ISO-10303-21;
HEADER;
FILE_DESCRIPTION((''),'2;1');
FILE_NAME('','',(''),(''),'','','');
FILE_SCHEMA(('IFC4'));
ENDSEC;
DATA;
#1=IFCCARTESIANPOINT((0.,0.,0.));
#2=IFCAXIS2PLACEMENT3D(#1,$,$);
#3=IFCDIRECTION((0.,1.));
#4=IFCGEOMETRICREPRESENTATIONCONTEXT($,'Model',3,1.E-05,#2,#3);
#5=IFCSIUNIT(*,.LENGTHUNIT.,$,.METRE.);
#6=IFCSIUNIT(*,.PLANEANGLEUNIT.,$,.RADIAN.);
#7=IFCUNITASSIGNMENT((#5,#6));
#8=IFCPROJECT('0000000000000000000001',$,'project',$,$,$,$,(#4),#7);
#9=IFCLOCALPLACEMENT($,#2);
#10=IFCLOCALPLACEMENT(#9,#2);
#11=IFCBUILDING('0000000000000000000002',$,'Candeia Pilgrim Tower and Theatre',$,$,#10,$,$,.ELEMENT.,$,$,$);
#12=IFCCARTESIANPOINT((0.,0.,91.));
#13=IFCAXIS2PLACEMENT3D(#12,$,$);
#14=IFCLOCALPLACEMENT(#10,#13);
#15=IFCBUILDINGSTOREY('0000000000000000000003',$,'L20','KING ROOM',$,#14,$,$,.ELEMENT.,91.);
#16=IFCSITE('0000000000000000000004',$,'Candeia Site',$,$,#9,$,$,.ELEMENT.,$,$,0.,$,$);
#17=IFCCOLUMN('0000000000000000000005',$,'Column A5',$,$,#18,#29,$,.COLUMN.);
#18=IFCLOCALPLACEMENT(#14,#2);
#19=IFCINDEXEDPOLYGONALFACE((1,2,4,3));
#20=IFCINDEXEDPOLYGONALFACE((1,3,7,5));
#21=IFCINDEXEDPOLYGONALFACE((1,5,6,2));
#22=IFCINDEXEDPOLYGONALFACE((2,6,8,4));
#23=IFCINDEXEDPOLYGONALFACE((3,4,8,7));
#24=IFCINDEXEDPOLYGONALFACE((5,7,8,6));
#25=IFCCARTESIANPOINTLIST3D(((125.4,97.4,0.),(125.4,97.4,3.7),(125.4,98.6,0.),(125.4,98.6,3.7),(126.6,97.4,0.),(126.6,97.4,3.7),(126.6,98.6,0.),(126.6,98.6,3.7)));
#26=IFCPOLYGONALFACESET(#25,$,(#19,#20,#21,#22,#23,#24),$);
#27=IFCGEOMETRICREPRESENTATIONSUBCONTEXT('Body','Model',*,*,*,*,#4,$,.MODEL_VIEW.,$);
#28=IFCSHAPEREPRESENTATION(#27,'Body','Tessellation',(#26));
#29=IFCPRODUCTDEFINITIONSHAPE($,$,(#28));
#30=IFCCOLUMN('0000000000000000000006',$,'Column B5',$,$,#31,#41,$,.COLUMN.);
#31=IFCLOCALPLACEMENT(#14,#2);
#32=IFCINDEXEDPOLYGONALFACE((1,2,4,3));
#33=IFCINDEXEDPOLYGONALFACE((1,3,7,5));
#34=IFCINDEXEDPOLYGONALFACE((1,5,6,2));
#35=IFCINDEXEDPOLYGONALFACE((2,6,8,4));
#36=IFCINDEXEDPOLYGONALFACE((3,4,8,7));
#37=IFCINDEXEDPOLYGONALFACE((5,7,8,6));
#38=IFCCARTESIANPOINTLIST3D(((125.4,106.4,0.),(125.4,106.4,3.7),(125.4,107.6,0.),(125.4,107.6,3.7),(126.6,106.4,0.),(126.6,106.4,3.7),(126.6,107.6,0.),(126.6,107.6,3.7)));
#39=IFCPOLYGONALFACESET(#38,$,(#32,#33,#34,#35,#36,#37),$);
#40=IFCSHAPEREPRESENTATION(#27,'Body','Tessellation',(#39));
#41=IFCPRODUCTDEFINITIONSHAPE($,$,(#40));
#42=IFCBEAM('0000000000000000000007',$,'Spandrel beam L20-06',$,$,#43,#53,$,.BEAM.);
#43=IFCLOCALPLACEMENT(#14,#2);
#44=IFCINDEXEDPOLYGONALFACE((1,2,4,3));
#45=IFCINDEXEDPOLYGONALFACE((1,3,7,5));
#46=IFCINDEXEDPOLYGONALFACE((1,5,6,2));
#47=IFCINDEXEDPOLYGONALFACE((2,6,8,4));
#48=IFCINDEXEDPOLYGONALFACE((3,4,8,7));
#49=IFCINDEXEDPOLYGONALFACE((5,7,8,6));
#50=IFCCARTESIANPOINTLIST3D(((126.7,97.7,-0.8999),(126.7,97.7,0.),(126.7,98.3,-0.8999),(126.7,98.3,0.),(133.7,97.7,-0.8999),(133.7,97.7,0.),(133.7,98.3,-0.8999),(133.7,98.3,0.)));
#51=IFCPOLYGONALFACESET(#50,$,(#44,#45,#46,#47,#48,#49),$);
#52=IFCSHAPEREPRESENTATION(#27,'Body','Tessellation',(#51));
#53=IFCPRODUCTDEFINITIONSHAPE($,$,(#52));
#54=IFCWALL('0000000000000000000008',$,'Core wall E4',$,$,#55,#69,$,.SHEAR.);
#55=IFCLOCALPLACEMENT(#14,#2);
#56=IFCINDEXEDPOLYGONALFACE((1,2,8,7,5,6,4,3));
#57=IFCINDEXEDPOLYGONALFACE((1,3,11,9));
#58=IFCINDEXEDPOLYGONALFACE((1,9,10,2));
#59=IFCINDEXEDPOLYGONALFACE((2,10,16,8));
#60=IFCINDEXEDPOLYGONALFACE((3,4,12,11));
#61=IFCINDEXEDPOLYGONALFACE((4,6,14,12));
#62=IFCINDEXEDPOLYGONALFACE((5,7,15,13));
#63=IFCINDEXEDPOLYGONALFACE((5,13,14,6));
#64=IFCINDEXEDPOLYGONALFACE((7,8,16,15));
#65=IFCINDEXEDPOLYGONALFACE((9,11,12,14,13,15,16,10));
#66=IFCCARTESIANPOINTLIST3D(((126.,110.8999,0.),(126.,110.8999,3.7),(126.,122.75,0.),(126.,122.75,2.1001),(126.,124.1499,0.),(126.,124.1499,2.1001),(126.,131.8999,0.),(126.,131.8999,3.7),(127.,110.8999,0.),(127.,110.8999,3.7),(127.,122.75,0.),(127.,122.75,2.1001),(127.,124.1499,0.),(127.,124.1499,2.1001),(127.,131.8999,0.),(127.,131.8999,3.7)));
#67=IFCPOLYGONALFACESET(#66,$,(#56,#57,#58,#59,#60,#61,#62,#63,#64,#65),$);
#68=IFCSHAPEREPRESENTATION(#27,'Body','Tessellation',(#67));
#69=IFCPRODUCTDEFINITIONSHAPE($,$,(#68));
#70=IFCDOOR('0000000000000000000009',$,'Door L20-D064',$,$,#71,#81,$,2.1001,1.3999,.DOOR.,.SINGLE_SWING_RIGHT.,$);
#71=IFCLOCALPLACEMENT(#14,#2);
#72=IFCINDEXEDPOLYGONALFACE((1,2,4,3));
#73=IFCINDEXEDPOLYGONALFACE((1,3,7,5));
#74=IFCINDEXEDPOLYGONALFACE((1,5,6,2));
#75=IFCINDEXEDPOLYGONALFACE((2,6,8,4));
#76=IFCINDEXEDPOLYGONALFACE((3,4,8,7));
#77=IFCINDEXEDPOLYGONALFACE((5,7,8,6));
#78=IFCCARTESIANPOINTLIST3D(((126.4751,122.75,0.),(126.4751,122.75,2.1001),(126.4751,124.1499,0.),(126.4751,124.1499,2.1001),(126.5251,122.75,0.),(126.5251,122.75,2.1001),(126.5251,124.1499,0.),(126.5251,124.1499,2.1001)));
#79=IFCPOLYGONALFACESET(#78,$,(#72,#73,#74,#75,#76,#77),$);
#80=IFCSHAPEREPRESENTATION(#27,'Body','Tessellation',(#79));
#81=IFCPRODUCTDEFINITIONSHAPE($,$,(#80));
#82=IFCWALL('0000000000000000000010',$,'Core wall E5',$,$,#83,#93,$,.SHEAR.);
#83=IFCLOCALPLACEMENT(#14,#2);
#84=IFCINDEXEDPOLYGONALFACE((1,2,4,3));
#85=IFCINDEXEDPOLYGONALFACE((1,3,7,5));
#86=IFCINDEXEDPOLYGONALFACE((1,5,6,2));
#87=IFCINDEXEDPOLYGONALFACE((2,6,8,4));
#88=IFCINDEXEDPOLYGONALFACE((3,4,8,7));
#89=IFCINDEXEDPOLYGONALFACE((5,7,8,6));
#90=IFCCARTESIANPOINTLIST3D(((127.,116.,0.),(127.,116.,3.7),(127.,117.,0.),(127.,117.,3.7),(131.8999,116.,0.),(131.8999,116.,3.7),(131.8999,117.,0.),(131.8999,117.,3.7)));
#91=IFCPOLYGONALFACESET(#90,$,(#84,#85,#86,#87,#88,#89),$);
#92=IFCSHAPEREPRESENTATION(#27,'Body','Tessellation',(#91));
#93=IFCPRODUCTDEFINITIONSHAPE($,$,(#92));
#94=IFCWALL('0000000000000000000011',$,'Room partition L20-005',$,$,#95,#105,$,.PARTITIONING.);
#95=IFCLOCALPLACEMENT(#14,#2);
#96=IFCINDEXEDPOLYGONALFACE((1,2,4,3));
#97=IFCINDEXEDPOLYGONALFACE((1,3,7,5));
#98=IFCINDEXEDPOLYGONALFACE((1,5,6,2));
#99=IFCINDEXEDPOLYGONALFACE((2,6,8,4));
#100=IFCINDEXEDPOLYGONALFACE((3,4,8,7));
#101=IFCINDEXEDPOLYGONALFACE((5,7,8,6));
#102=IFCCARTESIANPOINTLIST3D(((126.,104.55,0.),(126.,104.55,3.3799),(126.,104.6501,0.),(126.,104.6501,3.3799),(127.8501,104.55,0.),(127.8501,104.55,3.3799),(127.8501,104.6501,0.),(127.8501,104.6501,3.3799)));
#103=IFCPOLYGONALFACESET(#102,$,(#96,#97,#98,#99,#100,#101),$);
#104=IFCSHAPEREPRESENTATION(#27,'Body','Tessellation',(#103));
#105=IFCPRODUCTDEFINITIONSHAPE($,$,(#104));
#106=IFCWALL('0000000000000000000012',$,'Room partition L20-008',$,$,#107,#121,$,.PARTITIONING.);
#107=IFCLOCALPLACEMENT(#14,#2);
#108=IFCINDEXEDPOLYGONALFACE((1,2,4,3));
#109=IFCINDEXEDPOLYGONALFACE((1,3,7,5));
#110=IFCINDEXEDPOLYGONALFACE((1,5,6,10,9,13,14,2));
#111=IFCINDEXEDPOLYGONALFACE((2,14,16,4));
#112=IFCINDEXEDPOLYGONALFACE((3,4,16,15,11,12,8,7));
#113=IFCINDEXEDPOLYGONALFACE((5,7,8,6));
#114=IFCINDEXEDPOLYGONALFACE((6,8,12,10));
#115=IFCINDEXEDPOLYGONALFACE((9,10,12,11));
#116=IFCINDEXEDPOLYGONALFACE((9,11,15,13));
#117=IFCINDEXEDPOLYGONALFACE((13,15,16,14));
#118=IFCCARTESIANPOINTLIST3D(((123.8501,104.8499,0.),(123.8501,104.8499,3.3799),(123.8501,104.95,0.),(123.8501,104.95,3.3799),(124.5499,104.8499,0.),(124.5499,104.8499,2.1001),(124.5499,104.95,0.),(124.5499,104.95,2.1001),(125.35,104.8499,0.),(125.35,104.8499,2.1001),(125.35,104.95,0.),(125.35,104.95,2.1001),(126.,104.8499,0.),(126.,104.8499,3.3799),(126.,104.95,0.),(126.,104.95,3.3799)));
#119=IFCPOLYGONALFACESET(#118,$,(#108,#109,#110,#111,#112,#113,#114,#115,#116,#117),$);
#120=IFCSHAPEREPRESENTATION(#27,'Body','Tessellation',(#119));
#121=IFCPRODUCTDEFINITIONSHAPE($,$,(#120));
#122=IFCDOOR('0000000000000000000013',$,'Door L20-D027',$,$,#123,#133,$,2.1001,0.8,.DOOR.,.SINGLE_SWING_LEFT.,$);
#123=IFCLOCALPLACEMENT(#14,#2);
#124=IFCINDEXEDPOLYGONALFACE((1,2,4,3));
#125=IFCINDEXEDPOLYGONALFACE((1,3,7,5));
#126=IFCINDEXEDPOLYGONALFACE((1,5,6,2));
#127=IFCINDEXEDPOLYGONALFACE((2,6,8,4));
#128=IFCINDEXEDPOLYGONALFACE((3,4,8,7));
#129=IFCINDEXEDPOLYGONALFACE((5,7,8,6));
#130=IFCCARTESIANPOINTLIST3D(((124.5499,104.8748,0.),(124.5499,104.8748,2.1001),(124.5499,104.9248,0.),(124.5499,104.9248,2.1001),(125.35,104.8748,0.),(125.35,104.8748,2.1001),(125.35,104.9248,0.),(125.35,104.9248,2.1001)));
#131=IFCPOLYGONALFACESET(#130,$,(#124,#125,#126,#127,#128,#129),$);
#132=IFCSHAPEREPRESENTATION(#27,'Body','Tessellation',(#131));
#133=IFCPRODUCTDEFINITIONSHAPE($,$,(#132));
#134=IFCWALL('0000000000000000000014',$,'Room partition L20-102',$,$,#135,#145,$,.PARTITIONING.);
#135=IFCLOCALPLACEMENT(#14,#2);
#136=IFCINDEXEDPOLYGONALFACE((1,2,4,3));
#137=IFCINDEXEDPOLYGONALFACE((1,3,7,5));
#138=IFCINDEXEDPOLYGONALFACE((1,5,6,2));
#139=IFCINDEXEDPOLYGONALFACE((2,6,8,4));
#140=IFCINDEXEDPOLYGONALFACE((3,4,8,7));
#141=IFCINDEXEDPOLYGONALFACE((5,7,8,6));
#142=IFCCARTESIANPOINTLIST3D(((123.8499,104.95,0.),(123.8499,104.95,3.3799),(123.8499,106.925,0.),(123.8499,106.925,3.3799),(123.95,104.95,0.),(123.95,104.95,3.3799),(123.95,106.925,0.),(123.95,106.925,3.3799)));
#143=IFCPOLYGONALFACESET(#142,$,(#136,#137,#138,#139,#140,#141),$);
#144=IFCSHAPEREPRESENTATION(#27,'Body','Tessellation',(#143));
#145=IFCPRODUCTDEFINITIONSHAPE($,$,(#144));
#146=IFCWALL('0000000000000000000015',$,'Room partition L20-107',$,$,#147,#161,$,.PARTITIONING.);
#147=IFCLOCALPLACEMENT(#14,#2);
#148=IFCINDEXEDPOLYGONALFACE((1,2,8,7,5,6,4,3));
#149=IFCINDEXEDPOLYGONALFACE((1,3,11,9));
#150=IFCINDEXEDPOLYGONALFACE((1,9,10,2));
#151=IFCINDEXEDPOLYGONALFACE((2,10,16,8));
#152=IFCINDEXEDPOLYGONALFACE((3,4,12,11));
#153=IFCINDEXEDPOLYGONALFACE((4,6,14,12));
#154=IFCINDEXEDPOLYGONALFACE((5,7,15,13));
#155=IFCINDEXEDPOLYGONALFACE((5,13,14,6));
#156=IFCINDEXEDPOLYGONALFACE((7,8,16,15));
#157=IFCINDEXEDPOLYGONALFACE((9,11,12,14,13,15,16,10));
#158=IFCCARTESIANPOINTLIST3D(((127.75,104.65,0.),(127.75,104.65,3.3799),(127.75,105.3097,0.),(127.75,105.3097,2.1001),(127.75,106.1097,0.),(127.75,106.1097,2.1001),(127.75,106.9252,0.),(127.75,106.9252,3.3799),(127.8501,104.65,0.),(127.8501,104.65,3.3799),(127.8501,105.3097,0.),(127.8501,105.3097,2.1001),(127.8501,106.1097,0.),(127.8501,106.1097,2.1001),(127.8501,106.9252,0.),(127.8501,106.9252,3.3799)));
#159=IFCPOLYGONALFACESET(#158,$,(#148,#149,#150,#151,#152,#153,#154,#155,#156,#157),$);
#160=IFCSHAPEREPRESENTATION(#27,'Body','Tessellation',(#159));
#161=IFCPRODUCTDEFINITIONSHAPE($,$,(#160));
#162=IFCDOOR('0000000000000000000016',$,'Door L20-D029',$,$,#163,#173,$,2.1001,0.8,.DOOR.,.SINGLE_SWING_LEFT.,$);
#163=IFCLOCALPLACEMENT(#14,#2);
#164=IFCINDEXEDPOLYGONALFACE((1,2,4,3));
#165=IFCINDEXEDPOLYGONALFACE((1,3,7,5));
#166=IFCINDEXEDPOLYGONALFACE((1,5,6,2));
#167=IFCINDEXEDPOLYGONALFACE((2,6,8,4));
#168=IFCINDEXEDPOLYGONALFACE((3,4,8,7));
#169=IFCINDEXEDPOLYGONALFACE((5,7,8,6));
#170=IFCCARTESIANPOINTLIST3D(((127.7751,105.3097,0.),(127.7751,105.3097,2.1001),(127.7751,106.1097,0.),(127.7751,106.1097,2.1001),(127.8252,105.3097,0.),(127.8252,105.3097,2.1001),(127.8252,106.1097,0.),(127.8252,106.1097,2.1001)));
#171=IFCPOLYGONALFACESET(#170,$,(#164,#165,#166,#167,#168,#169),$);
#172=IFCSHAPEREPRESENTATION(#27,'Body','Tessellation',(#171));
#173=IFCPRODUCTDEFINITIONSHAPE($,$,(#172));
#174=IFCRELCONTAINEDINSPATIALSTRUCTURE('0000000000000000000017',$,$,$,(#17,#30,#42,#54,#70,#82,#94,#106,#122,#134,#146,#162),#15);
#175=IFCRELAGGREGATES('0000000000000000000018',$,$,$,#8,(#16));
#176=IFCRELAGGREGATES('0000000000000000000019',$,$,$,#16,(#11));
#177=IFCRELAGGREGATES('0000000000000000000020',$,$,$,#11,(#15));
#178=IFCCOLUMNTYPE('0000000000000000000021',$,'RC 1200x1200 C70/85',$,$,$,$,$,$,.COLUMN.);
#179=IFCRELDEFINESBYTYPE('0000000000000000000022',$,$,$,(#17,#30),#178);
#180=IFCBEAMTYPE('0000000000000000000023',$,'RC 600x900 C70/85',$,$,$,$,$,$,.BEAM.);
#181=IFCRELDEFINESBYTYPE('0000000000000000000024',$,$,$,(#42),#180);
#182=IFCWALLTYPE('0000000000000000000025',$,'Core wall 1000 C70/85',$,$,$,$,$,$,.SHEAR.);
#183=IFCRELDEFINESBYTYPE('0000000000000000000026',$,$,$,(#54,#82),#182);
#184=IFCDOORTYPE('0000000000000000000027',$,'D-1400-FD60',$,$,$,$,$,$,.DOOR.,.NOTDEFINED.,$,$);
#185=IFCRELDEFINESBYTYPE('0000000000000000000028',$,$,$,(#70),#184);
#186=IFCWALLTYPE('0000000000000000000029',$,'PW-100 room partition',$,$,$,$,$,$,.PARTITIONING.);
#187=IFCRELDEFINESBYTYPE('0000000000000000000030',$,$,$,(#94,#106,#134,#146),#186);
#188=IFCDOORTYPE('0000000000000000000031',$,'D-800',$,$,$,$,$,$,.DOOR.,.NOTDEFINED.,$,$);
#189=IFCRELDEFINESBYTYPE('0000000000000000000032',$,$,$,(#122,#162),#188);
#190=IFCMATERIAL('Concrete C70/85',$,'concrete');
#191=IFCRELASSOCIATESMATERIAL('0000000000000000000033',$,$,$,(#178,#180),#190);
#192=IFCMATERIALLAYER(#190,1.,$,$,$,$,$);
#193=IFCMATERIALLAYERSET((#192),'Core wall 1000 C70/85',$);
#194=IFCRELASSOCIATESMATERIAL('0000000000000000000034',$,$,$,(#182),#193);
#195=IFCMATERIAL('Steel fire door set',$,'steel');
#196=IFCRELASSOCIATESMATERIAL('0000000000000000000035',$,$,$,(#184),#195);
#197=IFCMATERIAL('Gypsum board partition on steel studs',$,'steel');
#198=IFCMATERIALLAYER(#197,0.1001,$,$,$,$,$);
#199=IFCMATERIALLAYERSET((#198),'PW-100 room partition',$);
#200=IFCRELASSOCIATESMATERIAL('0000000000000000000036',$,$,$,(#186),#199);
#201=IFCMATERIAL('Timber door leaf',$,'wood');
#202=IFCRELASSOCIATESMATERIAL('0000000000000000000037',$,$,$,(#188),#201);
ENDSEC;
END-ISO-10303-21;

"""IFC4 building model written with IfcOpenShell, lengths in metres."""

from ifc_helpers import new_model, si_unit, direction, frame, frame_2d, origin, origin_2d, place, context, subcontext, project, spatial, rectangle, extrude, material, layer, layer_set, material_profile, profile_set, type_object, element, fill, save


model = new_model("IFC4")

# Units and contexts
model_context = context("Model", 3, precision=1e-05, world=origin(), true_north=direction((0.0, 1.0)))
body_context = subcontext(model_context, "Body", "Model", "MODEL_VIEW")
ifc_project = project(units=[si_unit("LENGTHUNIT", "METRE"), si_unit("PLANEANGLEUNIT", "RADIAN")], contexts=[model_context])

# Site, building, storey
site_placement = place(None, origin())
site = spatial("IfcSite", under=ifc_project, at=site_placement, Name="Candeia Site", CompositionType="ELEMENT", RefElevation=0.0)
building_placement = place(site_placement, origin())
building = spatial("IfcBuilding", under=site, at=building_placement, Name="Candeia Pilgrim Tower and Theatre", CompositionType="ELEMENT")
storey_placement = place(building_placement, frame((0.0, 0.0, 91.0)))
storey = spatial("IfcBuildingStorey", under=building, at=storey_placement, Name="L20", Description="KING ROOM", CompositionType="ELEMENT", Elevation=91.0)

# Columns
ifc_material_1 = material(Name="Concrete C70/85", Category="concrete")
ifc_material_profile_1 = material_profile(ifc_material_1, rectangle(XDim=1.2, YDim=1.2, at=origin_2d()))
ifc_profile_set_1 = profile_set([ifc_material_profile_1], Name="Concrete C70/85")
column_type = type_object("IfcColumnType", Name="RC 1200x1200 C70/85", PredefinedType="COLUMN", material=ifc_profile_set_1)
for number, where, z_axis, x_axis, name in (
    (1, (126.0, 98.0, 0.0), (0.0, 0.0, 1.0), (1.0, 0.0, 0.0), "Column A5"),
    (2, (126.0, 107.0, 0.0), (0.0, 0.0, 1.0), (1.0, 0.0, 0.0), "Column B5"),
):
    element("IfcColumn", number, at=place(storey_placement, frame(where, z_axis=z_axis, x_axis=x_axis)), inside=storey, type_object=column_type, Name=name, PredefinedType="COLUMN", context=body_context, shape_type="SweptSolid", body=[
        extrude(rectangle(XDim=1.2, YDim=1.2, at=origin_2d()), origin(), (0.0, 0.0, 1.0), 3.7),
    ])

# Beam
ifc_material_profile_2 = material_profile(ifc_material_1, rectangle(XDim=0.6001, YDim=0.8999, at=origin_2d()))
ifc_profile_set_2 = profile_set([ifc_material_profile_2], Name="Concrete C70/85")
beam_type = type_object("IfcBeamType", Name="RC 600x900 C70/85", PredefinedType="BEAM", material=ifc_profile_set_2)
beam_placement = place(storey_placement, frame((126.7, 98.0, -0.45), z_axis=(1.0, 0.0, 0.0), x_axis=(0.0, 1.0, 0.0)))
element("IfcBeam", 3, at=beam_placement, inside=storey, type_object=beam_type, Name="Spandrel beam L20-06", PredefinedType="BEAM", context=body_context, shape_type="SweptSolid", body=[
    extrude(rectangle(XDim=0.6001, YDim=0.8999, at=origin_2d()), origin(), (0.0, 0.0, 1.0), 7.0),
])

# Wall, opening, door
ifc_layer_1 = layer(ifc_material_1, 1.0)
ifc_layer_set_1 = layer_set([ifc_layer_1], Name="Core wall 1000 C70/85")
wall_type_1 = type_object("IfcWallType", Name="Core wall 1000 C70/85", PredefinedType="SHEAR", material=ifc_layer_set_1)
wall_1_placement = place(storey_placement, frame((126.5, 110.8999, 0.0), z_axis=(0.0, 0.0, 1.0), x_axis=(0.0, 1.0, 0.0)))
wall_1 = element("IfcWall", 4, at=wall_1_placement, inside=storey, type_object=wall_type_1, Name="Core wall E4", PredefinedType="SHEAR", context=body_context, shape_type="SweptSolid", body=[
    extrude(rectangle(XDim=21.0, YDim=1.0, at=frame_2d((10.5, 0.0))), origin(), (0.0, 0.0, 1.0), 3.7),
])
opening_1_placement = place(wall_1_placement, frame((11.8501, 0.0, 0.0)))
opening_1 = element("IfcOpeningElement", 5, at=opening_1_placement, cuts=wall_1, PredefinedType="OPENING", context=body_context, shape_type="SweptSolid", body=[
    extrude(rectangle(XDim=1.3999, YDim=2.1001, at=frame_2d((0.7, 1.05))), frame((0.0, 0.51, 0.0), z_axis=(0.0, -1.0, 0.0), x_axis=(1.0, 0.0, 0.0)), (0.0, 0.0, 1.0), 1.02),
])
ifc_material_2 = material(Name="Steel fire door set", Category="steel")
door_type_1 = type_object("IfcDoorType", Name="D-1400-FD60", OperationType="NOTDEFINED", PredefinedType="DOOR", material=ifc_material_2)
door_1_placement = place(opening_1_placement, origin())
door_1 = element("IfcDoor", 6, at=door_1_placement, inside=storey, type_object=door_type_1, Name="Door L20-D064", OperationType="SINGLE_SWING_RIGHT", OverallHeight=2.1001, OverallWidth=1.3999, PredefinedType="DOOR", context=body_context, shape_type="SweptSolid", body=[
    extrude(rectangle(XDim=1.3999, YDim=2.1001, at=frame_2d((0.7, 1.05))), frame((0.0, 0.0249, 0.0), z_axis=(0.0, -1.0, 0.0), x_axis=(1.0, 0.0, 0.0)), (0.0, 0.0, 1.0), 0.05),
])
fill(opening_1, door_1)

# Walls
wall_2_placement = place(storey_placement, frame((127.0, 116.5, 0.0), z_axis=(0.0, 0.0, 1.0), x_axis=(1.0, 0.0, 0.0)))
element("IfcWall", 7, at=wall_2_placement, inside=storey, type_object=wall_type_1, Name="Core wall E5", PredefinedType="SHEAR", context=body_context, shape_type="SweptSolid", body=[
    extrude(rectangle(XDim=4.8999, YDim=1.0, at=frame_2d((2.45, 0.0))), origin(), (0.0, 0.0, 1.0), 3.7),
])
ifc_material_3 = material(Name="Gypsum board partition on steel studs", Category="steel")
ifc_layer_2 = layer(ifc_material_3, 0.1001)
ifc_layer_set_2 = layer_set([ifc_layer_2], Name="PW-100 room partition")
wall_type_2 = type_object("IfcWallType", Name="PW-100 room partition", PredefinedType="PARTITIONING", material=ifc_layer_set_2)
wall_3_placement = place(storey_placement, frame((126.0, 104.6001, 0.0), z_axis=(0.0, 0.0, 1.0), x_axis=(1.0, 0.0, 0.0)))
element("IfcWall", 8, at=wall_3_placement, inside=storey, type_object=wall_type_2, Name="Room partition L20-005", PredefinedType="PARTITIONING", context=body_context, shape_type="SweptSolid", body=[
    extrude(rectangle(XDim=1.8501, YDim=0.1001, at=frame_2d((0.925, 0.0))), origin(), (0.0, 0.0, 1.0), 3.3799),
])

# Wall, opening, door
wall_4_placement = place(storey_placement, frame((123.8501, 104.8999, 0.0), z_axis=(0.0, 0.0, 1.0), x_axis=(1.0, 0.0, 0.0)))
wall_4 = element("IfcWall", 9, at=wall_4_placement, inside=storey, type_object=wall_type_2, Name="Room partition L20-008", PredefinedType="PARTITIONING", context=body_context, shape_type="SweptSolid", body=[
    extrude(rectangle(XDim=2.1499, YDim=0.1001, at=frame_2d((1.075, 0.0))), origin(), (0.0, 0.0, 1.0), 3.3799),
])
opening_2_placement = place(wall_4_placement, frame((0.7, 0.0, 0.0)))
opening_2 = element("IfcOpeningElement", 10, at=opening_2_placement, cuts=wall_4, PredefinedType="OPENING", context=body_context, shape_type="SweptSolid", body=[
    extrude(rectangle(XDim=0.8, YDim=2.1001, at=frame_2d((0.3999, 1.05))), frame((0.0, 0.0601, 0.0), z_axis=(0.0, -1.0, 0.0), x_axis=(1.0, 0.0, 0.0)), (0.0, 0.0, 1.0), 0.1201),
])
ifc_material_4 = material(Name="Timber door leaf", Category="wood")
door_type_2 = type_object("IfcDoorType", Name="D-800", OperationType="NOTDEFINED", PredefinedType="DOOR", material=ifc_material_4)
door_2_placement = place(opening_2_placement, origin())
door_2 = element("IfcDoor", 11, at=door_2_placement, inside=storey, type_object=door_type_2, Name="Door L20-D027", OperationType="SINGLE_SWING_LEFT", OverallHeight=2.1001, OverallWidth=0.8, PredefinedType="DOOR", context=body_context, shape_type="SweptSolid", body=[
    extrude(rectangle(XDim=0.8, YDim=2.1001, at=frame_2d((0.3999, 1.05))), frame((0.0, 0.0249, 0.0), z_axis=(0.0, -1.0, 0.0), x_axis=(1.0, 0.0, 0.0)), (0.0, 0.0, 1.0), 0.05),
])
fill(opening_2, door_2)

# Wall
wall_5_placement = place(storey_placement, frame((123.8999, 104.95, 0.0), z_axis=(0.0, 0.0, 1.0), x_axis=(0.0, 1.0, 0.0)))
element("IfcWall", 12, at=wall_5_placement, inside=storey, type_object=wall_type_2, Name="Room partition L20-102", PredefinedType="PARTITIONING", context=body_context, shape_type="SweptSolid", body=[
    extrude(rectangle(XDim=1.9751, YDim=0.1001, at=frame_2d((0.9875, 0.0))), origin(), (0.0, 0.0, 1.0), 3.3799),
])

# Wall, opening, door
wall_6_placement = place(storey_placement, frame((127.8, 104.6499, 0.0), z_axis=(0.0, 0.0, 1.0), x_axis=(0.0, 1.0, 0.0)))
wall_6 = element("IfcWall", 13, at=wall_6_placement, inside=storey, type_object=wall_type_2, Name="Room partition L20-107", PredefinedType="PARTITIONING", context=body_context, shape_type="SweptSolid", body=[
    extrude(rectangle(XDim=2.2751, YDim=0.1001, at=frame_2d((1.1377, 0.0))), origin(), (0.0, 0.0, 1.0), 3.3799),
])
opening_3_placement = place(wall_6_placement, frame((0.6599, 0.0, 0.0)))
opening_3 = element("IfcOpeningElement", 14, at=opening_3_placement, cuts=wall_6, PredefinedType="OPENING", context=body_context, shape_type="SweptSolid", body=[
    extrude(rectangle(XDim=0.8, YDim=2.1001, at=frame_2d((0.3999, 1.05))), frame((0.0, 0.0601, 0.0), z_axis=(0.0, -1.0, 0.0), x_axis=(1.0, 0.0, 0.0)), (0.0, 0.0, 1.0), 0.1201),
])
door_3_placement = place(opening_3_placement, origin())
door_3 = element("IfcDoor", 15, at=door_3_placement, inside=storey, type_object=door_type_2, Name="Door L20-D029", OperationType="SINGLE_SWING_LEFT", OverallHeight=2.1001, OverallWidth=0.8, PredefinedType="DOOR", context=body_context, shape_type="SweptSolid", body=[
    extrude(rectangle(XDim=0.8, YDim=2.1001, at=frame_2d((0.3999, 1.05))), frame((0.0, 0.0249, 0.0), z_axis=(0.0, -1.0, 0.0), x_axis=(1.0, 0.0, 0.0)), (0.0, 0.0, 1.0), 0.05),
])
fill(opening_3, door_3)

save(model, "model.ifc")
